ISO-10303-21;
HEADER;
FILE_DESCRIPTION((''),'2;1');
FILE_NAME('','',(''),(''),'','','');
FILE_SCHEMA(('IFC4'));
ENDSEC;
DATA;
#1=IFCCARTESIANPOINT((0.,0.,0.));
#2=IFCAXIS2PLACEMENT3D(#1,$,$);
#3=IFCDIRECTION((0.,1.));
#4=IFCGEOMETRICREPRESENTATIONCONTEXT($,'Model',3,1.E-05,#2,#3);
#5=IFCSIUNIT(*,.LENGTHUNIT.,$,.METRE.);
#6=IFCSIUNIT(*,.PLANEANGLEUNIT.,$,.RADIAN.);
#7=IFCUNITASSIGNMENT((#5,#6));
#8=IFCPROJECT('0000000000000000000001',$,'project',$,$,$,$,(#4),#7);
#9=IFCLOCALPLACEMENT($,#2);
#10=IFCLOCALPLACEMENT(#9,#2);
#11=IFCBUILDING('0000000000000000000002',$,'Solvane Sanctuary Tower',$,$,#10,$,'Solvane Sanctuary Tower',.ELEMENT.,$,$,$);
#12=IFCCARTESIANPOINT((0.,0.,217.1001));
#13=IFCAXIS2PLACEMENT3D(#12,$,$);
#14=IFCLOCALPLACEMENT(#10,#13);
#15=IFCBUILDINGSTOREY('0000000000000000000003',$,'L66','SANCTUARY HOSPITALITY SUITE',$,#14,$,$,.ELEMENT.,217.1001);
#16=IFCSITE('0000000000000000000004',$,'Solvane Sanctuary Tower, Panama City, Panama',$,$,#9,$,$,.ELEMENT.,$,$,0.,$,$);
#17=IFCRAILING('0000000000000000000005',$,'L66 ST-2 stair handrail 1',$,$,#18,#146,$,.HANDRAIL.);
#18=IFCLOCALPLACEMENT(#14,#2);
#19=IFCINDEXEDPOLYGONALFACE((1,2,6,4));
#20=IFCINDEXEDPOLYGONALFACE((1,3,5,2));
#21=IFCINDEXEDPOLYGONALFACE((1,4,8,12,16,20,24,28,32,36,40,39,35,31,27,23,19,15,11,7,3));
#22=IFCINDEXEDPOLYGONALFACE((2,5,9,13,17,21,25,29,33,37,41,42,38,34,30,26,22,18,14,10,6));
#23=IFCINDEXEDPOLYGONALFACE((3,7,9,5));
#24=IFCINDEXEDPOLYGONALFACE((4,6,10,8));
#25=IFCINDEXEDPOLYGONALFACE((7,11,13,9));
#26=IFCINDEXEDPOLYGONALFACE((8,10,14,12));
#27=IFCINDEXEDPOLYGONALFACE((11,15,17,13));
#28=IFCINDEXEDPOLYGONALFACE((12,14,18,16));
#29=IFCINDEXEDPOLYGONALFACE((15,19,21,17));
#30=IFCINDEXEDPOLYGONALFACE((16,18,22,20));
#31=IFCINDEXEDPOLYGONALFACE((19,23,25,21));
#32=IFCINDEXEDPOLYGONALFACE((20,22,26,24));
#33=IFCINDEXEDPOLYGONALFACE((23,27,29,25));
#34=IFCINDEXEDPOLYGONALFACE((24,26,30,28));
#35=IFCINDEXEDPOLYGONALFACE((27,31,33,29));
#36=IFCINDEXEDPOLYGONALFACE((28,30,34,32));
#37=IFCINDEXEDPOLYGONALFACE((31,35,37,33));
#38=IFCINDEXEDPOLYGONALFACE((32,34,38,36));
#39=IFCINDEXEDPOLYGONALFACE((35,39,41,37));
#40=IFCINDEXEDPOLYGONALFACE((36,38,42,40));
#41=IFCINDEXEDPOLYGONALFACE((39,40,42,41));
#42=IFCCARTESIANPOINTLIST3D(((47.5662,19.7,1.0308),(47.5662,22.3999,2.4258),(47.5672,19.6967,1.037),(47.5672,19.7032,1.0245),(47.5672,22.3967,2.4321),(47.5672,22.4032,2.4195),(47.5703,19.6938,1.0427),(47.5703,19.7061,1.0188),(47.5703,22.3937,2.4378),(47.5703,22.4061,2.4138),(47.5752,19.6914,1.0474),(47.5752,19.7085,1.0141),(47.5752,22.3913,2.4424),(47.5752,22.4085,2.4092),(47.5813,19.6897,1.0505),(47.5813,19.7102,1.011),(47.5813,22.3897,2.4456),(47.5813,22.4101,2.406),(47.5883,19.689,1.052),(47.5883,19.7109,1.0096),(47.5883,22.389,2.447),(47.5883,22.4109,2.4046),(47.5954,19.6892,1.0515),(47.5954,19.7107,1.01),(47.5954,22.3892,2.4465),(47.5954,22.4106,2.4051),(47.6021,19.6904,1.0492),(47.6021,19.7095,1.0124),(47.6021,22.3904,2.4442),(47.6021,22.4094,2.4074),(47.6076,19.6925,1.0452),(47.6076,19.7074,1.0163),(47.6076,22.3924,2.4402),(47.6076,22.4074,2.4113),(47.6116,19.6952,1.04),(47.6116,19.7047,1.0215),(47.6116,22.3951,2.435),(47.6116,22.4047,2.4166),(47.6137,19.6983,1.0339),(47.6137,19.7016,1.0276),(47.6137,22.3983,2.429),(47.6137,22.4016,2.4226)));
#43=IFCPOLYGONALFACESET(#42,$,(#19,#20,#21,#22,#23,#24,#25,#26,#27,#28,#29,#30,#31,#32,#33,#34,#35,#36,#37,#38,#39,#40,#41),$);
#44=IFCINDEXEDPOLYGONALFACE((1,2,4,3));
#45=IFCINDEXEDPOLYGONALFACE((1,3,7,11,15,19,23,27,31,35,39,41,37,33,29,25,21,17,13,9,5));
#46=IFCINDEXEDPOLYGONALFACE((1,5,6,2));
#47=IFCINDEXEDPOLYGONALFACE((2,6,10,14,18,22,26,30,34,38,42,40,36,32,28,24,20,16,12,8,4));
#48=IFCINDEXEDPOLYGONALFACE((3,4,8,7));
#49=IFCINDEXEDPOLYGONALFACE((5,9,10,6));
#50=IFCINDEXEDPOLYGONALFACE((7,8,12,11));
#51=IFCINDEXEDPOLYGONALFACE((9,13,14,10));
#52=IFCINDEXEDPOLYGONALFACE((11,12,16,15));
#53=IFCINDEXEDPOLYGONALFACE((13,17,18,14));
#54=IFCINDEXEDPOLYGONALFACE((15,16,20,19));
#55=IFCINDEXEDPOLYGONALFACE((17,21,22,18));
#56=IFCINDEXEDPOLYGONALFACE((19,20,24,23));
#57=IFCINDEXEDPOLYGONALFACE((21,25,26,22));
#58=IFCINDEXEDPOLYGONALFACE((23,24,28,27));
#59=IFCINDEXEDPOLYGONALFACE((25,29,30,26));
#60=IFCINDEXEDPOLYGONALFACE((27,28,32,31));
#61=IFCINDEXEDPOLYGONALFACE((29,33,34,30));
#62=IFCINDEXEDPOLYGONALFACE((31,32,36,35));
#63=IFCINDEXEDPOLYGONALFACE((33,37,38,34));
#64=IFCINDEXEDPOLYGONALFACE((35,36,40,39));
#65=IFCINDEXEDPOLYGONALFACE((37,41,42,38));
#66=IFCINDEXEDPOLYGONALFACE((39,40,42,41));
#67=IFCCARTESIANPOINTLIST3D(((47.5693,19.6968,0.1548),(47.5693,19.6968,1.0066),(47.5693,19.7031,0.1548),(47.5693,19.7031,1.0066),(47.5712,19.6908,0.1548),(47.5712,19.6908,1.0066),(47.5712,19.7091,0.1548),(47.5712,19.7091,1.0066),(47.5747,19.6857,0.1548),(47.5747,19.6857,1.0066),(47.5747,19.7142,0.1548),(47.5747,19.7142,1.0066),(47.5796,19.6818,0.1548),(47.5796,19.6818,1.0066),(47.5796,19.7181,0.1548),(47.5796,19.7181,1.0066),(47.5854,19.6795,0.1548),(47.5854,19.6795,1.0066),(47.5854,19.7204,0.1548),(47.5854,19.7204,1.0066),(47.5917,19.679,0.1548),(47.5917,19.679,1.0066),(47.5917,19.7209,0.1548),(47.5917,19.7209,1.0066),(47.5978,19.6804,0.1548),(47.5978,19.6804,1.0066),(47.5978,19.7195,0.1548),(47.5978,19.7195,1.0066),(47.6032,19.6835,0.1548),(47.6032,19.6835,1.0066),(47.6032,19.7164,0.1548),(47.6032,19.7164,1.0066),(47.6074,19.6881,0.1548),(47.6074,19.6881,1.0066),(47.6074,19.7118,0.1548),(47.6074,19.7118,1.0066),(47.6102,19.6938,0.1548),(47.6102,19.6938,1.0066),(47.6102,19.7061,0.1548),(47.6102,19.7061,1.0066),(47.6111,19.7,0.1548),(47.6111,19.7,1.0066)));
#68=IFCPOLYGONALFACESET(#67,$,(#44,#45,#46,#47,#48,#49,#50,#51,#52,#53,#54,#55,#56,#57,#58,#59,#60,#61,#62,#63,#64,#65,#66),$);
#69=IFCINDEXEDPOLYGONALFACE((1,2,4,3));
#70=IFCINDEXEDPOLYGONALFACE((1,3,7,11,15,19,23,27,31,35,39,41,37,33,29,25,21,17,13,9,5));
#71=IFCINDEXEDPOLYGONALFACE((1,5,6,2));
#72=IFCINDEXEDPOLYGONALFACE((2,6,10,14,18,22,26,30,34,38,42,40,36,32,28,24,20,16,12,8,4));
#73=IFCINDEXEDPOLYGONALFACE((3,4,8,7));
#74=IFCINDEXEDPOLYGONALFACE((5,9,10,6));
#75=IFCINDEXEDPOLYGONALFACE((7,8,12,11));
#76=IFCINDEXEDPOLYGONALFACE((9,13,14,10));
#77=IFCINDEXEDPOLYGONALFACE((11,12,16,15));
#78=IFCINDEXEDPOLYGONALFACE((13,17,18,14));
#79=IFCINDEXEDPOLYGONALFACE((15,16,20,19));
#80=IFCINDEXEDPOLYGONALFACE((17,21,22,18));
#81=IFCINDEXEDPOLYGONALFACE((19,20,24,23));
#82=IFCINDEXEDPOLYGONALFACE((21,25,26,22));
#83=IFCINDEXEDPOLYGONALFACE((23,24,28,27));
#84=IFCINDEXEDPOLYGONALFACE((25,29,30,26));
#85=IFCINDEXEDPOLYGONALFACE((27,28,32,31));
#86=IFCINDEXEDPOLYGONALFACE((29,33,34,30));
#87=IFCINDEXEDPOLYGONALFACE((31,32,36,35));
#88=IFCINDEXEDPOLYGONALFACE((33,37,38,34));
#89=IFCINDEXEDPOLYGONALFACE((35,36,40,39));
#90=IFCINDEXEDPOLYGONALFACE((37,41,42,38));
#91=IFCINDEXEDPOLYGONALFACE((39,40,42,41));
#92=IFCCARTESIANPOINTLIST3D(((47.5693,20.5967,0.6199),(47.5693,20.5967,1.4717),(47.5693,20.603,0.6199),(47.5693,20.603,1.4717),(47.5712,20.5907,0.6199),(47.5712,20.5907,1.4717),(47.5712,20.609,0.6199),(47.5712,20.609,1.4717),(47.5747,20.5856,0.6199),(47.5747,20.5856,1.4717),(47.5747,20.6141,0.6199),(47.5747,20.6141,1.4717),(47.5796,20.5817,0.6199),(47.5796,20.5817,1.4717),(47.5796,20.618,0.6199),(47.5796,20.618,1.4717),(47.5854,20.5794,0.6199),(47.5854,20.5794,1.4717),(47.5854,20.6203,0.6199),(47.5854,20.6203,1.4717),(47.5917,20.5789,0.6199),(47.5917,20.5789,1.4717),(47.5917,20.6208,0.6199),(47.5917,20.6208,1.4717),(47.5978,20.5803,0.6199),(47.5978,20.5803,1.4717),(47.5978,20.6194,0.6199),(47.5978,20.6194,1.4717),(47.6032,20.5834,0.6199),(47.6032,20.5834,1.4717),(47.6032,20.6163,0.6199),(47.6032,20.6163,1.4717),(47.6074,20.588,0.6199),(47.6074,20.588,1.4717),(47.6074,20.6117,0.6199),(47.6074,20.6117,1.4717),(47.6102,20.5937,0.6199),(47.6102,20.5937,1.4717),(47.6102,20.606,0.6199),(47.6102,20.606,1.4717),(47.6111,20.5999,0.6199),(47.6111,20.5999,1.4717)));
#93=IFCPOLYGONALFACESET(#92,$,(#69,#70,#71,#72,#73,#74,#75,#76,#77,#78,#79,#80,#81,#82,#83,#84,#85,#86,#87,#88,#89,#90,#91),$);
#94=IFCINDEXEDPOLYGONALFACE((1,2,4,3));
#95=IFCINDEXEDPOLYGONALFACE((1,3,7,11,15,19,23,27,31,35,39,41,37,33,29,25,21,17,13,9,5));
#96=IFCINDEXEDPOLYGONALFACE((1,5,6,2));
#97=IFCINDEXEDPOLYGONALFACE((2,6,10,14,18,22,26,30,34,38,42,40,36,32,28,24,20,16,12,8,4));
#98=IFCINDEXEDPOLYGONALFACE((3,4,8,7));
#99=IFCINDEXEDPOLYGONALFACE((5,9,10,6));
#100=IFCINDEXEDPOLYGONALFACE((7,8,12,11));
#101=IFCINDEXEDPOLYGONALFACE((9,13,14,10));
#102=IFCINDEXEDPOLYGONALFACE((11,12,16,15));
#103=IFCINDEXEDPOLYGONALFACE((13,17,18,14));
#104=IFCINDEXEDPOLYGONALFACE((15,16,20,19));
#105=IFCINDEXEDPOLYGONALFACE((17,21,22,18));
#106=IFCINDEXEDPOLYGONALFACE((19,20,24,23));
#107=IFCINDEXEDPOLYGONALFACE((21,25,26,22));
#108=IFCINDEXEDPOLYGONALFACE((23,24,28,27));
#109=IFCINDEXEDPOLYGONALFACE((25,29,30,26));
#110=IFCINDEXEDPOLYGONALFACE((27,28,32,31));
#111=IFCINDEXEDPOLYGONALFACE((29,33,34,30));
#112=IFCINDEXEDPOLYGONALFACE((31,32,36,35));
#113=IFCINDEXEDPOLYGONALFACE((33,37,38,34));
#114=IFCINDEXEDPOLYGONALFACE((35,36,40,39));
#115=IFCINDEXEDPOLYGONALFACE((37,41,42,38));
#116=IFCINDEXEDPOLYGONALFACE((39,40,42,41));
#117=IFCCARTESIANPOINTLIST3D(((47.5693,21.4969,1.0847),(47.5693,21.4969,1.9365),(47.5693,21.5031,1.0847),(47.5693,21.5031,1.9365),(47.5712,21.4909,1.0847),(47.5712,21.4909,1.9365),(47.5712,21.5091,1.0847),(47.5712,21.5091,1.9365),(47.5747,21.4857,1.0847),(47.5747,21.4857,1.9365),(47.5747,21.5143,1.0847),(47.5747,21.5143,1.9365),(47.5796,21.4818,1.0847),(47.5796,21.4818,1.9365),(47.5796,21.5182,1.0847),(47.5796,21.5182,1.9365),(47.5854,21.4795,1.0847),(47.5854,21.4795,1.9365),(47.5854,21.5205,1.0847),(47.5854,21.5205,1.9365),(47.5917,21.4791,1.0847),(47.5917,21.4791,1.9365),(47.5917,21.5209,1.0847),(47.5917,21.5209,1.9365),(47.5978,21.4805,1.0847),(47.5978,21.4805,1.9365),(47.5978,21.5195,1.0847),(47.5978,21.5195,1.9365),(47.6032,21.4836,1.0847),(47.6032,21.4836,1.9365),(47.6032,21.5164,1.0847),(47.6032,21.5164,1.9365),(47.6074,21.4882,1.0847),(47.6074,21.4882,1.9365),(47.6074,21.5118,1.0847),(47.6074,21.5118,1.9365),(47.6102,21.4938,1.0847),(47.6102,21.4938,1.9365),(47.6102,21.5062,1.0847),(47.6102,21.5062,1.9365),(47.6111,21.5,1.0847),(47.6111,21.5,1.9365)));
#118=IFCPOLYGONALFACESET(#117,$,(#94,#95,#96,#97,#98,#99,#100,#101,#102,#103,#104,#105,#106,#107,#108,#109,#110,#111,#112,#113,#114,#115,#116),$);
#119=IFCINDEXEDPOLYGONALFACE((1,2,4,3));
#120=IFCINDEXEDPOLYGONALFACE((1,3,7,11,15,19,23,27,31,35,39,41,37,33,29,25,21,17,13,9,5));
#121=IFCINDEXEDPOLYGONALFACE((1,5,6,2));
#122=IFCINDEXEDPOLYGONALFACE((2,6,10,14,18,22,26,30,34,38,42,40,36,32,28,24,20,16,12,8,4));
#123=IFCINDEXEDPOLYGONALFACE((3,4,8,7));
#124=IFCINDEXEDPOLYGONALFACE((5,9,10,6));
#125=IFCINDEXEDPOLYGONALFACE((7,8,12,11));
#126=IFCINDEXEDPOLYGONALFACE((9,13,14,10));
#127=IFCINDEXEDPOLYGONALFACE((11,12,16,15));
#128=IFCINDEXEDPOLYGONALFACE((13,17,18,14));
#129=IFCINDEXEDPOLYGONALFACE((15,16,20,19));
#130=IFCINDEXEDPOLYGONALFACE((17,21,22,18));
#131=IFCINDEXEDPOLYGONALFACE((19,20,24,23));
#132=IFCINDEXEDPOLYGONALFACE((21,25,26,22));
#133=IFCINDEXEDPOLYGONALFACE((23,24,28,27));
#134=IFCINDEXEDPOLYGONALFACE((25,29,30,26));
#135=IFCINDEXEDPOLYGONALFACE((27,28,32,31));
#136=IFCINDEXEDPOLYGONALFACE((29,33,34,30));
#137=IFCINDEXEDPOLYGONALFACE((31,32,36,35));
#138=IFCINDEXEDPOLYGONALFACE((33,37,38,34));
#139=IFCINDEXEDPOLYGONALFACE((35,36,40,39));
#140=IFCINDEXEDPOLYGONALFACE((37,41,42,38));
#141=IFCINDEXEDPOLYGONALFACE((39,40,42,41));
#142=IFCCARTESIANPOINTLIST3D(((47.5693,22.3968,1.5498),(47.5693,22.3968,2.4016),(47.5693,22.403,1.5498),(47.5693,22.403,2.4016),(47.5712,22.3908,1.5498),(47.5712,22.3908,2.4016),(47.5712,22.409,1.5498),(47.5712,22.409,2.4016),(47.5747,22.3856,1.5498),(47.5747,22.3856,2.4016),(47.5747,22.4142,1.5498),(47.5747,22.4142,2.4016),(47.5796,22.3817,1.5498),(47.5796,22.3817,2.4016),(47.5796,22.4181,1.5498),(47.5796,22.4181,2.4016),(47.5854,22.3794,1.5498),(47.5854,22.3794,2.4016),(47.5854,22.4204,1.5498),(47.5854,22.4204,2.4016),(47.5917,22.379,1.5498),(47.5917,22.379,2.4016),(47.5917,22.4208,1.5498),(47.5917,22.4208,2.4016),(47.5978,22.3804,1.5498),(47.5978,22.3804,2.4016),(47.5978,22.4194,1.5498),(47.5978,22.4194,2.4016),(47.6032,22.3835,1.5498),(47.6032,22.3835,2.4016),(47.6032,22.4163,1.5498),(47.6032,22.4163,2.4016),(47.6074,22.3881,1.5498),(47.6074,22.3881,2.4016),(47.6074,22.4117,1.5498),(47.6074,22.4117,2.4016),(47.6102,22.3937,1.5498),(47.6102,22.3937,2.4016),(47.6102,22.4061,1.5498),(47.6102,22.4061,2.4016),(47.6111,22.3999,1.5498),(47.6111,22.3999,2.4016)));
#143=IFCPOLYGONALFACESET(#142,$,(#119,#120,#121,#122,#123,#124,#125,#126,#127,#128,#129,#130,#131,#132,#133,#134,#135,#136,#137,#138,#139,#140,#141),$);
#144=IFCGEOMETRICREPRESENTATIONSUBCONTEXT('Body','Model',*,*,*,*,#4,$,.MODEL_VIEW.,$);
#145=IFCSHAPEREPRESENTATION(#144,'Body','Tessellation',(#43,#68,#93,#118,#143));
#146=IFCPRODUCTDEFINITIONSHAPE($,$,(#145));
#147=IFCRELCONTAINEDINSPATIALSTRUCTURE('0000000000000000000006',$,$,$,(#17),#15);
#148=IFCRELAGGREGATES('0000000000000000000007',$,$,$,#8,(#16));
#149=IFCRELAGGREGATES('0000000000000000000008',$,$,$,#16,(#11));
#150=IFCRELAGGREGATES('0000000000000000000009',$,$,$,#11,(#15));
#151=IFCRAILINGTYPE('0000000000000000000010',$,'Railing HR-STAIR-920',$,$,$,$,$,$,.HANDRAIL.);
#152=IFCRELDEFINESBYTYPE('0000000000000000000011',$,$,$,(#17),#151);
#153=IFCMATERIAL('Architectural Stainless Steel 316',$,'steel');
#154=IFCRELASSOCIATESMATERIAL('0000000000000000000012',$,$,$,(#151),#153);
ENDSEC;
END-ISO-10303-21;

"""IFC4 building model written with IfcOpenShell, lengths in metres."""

from ifc_helpers import new_model, si_unit, direction, frame, origin, origin_2d, place, context, subcontext, project, spatial, circle, extrude, material, type_object, element, save


model = new_model("IFC4")

# Units and contexts
model_context = context("Model", 3, precision=1e-05, world=origin(), true_north=direction((0.0, 1.0)))
body_context = subcontext(model_context, "Body", "Model", "MODEL_VIEW")
ifc_project = project(units=[si_unit("LENGTHUNIT", "METRE"), si_unit("PLANEANGLEUNIT", "RADIAN")], contexts=[model_context])

# Site, building, storey
site_placement = place(None, origin())
site = spatial("IfcSite", under=ifc_project, at=site_placement, Name="Solvane Sanctuary Tower, Panama City, Panama", CompositionType="ELEMENT", RefElevation=0.0)
building_placement = place(site_placement, origin())
building = spatial("IfcBuilding", under=site, at=building_placement, Name="Solvane Sanctuary Tower", LongName="Solvane Sanctuary Tower", CompositionType="ELEMENT")
storey_placement = place(building_placement, frame((0.0, 0.0, 217.1001)))
storey = spatial("IfcBuildingStorey", under=building, at=storey_placement, Name="L66", Description="SANCTUARY HOSPITALITY SUITE", CompositionType="ELEMENT", Elevation=217.1001)

# Shared definitions
ifc_material_1 = material(Name="Architectural Stainless Steel 316", Category="steel")

# Railing
railing_type_1 = type_object("IfcRailingType", Name="Railing HR-STAIR-920", PredefinedType="HANDRAIL", material=ifc_material_1)
railing_1_placement = place(storey_placement, frame((47.5901, 19.7, 0.1548)))
element("IfcRailing", 1, at=railing_1_placement, inside=storey, type_object=railing_type_1, Name="L66 ST-2 stair handrail 1", PredefinedType="HANDRAIL", context=body_context, shape_type="SweptSolid", body=[
    extrude(circle(Radius=0.0239, at=origin_2d()), frame((0.0, 0.0, 0.876), z_axis=(0.0, 0.88842, 0.459032), x_axis=(-1.0, 0.0, 0.0)), (0.0, 0.0, 1.0), 3.0391),
    extrude(circle(Radius=0.021, at=origin_2d()), origin(), (0.0, 0.0, 1.0), 0.8518),
    extrude(circle(Radius=0.021, at=origin_2d()), frame((0.0, 0.8999, 0.4651)), (0.0, 0.0, 1.0), 0.8518),
    extrude(circle(Radius=0.021, at=origin_2d()), frame((0.0, 1.8, 0.9299)), (0.0, 0.0, 1.0), 0.8518),
    extrude(circle(Radius=0.021, at=origin_2d()), frame((0.0, 2.7, 1.395)), (0.0, 0.0, 1.0), 0.8518),
])

save(model, "model.ifc")
